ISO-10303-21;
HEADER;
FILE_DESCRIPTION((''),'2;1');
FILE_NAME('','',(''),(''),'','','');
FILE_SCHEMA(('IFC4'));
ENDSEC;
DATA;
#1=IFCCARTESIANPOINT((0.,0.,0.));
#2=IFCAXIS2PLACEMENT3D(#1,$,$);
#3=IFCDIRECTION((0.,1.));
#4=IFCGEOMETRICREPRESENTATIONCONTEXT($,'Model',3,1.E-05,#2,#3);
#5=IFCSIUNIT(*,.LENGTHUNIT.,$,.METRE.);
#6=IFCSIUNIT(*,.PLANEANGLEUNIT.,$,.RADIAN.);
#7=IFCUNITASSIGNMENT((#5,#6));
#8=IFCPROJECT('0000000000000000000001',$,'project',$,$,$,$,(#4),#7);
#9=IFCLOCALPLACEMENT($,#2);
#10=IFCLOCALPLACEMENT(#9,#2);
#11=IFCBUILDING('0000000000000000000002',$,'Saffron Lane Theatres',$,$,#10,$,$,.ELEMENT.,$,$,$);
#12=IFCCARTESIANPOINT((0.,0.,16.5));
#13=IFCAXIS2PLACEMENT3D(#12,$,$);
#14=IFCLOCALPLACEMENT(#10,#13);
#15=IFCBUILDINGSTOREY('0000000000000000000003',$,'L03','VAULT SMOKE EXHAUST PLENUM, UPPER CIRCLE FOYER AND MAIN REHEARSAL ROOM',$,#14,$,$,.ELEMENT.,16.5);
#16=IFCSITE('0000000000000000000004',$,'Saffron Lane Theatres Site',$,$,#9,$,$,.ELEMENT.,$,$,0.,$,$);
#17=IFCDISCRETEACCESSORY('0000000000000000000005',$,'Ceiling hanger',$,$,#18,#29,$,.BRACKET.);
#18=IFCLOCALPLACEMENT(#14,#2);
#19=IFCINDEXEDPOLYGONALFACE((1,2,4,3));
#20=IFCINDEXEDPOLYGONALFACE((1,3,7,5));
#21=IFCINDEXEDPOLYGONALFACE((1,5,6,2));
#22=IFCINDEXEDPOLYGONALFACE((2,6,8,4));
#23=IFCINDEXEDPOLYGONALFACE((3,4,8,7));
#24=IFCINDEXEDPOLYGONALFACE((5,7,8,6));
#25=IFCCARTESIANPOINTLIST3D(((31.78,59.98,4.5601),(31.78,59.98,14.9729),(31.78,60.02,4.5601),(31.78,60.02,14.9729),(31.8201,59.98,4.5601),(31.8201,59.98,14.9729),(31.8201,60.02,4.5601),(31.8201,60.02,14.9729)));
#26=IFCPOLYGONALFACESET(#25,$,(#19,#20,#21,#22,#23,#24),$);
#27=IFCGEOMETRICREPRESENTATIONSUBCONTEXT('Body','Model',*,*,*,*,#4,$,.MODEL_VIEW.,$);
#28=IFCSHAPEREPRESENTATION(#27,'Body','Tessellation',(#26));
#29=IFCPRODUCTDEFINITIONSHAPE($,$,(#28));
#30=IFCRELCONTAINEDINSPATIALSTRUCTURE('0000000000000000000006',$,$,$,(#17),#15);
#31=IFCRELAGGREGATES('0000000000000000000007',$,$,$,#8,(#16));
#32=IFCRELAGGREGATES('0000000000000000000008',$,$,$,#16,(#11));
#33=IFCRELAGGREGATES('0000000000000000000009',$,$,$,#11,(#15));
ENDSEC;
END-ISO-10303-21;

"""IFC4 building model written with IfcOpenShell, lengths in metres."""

from ifc_helpers import new_model, si_unit, direction, frame, origin, origin_2d, place, context, subcontext, project, spatial, rectangle, extrude, element, save


model = new_model("IFC4")

# Units and contexts
model_context = context("Model", 3, precision=1e-05, world=origin(), true_north=direction((0.0, 1.0)))
body_context = subcontext(model_context, "Body", "Model", "MODEL_VIEW")
ifc_project = project(units=[si_unit("LENGTHUNIT", "METRE"), si_unit("PLANEANGLEUNIT", "RADIAN")], contexts=[model_context])

# Site, building, storey
site_placement = place(None, origin())
site = spatial("IfcSite", under=ifc_project, at=site_placement, Name="Saffron Lane Theatres Site", CompositionType="ELEMENT", RefElevation=0.0)
building_placement = place(site_placement, origin())
building = spatial("IfcBuilding", under=site, at=building_placement, Name="Saffron Lane Theatres", CompositionType="ELEMENT")
storey_placement = place(building_placement, frame((0.0, 0.0, 16.5)))
storey = spatial("IfcBuildingStorey", under=building, at=storey_placement, Name="L03", Description="VAULT SMOKE EXHAUST PLENUM, UPPER CIRCLE FOYER AND MAIN REHEARSAL ROOM", CompositionType="ELEMENT", Elevation=16.5)

# Discrete accessory
discrete_accessory_1_placement = place(storey_placement, frame((31.8, 60.0, 4.5601), z_axis=(0.0, 0.0, 1.0), x_axis=(1.0, 0.0, 0.0)))
element("IfcDiscreteAccessory", 1, at=discrete_accessory_1_placement, inside=storey, Name="Ceiling hanger", PredefinedType="BRACKET", context=body_context, shape_type="SweptSolid", body=[
    extrude(rectangle(XDim=0.04, YDim=0.04, at=origin_2d()), origin(), (0.0, 0.0, 1.0), 10.4128),
])

save(model, "model.ifc")
